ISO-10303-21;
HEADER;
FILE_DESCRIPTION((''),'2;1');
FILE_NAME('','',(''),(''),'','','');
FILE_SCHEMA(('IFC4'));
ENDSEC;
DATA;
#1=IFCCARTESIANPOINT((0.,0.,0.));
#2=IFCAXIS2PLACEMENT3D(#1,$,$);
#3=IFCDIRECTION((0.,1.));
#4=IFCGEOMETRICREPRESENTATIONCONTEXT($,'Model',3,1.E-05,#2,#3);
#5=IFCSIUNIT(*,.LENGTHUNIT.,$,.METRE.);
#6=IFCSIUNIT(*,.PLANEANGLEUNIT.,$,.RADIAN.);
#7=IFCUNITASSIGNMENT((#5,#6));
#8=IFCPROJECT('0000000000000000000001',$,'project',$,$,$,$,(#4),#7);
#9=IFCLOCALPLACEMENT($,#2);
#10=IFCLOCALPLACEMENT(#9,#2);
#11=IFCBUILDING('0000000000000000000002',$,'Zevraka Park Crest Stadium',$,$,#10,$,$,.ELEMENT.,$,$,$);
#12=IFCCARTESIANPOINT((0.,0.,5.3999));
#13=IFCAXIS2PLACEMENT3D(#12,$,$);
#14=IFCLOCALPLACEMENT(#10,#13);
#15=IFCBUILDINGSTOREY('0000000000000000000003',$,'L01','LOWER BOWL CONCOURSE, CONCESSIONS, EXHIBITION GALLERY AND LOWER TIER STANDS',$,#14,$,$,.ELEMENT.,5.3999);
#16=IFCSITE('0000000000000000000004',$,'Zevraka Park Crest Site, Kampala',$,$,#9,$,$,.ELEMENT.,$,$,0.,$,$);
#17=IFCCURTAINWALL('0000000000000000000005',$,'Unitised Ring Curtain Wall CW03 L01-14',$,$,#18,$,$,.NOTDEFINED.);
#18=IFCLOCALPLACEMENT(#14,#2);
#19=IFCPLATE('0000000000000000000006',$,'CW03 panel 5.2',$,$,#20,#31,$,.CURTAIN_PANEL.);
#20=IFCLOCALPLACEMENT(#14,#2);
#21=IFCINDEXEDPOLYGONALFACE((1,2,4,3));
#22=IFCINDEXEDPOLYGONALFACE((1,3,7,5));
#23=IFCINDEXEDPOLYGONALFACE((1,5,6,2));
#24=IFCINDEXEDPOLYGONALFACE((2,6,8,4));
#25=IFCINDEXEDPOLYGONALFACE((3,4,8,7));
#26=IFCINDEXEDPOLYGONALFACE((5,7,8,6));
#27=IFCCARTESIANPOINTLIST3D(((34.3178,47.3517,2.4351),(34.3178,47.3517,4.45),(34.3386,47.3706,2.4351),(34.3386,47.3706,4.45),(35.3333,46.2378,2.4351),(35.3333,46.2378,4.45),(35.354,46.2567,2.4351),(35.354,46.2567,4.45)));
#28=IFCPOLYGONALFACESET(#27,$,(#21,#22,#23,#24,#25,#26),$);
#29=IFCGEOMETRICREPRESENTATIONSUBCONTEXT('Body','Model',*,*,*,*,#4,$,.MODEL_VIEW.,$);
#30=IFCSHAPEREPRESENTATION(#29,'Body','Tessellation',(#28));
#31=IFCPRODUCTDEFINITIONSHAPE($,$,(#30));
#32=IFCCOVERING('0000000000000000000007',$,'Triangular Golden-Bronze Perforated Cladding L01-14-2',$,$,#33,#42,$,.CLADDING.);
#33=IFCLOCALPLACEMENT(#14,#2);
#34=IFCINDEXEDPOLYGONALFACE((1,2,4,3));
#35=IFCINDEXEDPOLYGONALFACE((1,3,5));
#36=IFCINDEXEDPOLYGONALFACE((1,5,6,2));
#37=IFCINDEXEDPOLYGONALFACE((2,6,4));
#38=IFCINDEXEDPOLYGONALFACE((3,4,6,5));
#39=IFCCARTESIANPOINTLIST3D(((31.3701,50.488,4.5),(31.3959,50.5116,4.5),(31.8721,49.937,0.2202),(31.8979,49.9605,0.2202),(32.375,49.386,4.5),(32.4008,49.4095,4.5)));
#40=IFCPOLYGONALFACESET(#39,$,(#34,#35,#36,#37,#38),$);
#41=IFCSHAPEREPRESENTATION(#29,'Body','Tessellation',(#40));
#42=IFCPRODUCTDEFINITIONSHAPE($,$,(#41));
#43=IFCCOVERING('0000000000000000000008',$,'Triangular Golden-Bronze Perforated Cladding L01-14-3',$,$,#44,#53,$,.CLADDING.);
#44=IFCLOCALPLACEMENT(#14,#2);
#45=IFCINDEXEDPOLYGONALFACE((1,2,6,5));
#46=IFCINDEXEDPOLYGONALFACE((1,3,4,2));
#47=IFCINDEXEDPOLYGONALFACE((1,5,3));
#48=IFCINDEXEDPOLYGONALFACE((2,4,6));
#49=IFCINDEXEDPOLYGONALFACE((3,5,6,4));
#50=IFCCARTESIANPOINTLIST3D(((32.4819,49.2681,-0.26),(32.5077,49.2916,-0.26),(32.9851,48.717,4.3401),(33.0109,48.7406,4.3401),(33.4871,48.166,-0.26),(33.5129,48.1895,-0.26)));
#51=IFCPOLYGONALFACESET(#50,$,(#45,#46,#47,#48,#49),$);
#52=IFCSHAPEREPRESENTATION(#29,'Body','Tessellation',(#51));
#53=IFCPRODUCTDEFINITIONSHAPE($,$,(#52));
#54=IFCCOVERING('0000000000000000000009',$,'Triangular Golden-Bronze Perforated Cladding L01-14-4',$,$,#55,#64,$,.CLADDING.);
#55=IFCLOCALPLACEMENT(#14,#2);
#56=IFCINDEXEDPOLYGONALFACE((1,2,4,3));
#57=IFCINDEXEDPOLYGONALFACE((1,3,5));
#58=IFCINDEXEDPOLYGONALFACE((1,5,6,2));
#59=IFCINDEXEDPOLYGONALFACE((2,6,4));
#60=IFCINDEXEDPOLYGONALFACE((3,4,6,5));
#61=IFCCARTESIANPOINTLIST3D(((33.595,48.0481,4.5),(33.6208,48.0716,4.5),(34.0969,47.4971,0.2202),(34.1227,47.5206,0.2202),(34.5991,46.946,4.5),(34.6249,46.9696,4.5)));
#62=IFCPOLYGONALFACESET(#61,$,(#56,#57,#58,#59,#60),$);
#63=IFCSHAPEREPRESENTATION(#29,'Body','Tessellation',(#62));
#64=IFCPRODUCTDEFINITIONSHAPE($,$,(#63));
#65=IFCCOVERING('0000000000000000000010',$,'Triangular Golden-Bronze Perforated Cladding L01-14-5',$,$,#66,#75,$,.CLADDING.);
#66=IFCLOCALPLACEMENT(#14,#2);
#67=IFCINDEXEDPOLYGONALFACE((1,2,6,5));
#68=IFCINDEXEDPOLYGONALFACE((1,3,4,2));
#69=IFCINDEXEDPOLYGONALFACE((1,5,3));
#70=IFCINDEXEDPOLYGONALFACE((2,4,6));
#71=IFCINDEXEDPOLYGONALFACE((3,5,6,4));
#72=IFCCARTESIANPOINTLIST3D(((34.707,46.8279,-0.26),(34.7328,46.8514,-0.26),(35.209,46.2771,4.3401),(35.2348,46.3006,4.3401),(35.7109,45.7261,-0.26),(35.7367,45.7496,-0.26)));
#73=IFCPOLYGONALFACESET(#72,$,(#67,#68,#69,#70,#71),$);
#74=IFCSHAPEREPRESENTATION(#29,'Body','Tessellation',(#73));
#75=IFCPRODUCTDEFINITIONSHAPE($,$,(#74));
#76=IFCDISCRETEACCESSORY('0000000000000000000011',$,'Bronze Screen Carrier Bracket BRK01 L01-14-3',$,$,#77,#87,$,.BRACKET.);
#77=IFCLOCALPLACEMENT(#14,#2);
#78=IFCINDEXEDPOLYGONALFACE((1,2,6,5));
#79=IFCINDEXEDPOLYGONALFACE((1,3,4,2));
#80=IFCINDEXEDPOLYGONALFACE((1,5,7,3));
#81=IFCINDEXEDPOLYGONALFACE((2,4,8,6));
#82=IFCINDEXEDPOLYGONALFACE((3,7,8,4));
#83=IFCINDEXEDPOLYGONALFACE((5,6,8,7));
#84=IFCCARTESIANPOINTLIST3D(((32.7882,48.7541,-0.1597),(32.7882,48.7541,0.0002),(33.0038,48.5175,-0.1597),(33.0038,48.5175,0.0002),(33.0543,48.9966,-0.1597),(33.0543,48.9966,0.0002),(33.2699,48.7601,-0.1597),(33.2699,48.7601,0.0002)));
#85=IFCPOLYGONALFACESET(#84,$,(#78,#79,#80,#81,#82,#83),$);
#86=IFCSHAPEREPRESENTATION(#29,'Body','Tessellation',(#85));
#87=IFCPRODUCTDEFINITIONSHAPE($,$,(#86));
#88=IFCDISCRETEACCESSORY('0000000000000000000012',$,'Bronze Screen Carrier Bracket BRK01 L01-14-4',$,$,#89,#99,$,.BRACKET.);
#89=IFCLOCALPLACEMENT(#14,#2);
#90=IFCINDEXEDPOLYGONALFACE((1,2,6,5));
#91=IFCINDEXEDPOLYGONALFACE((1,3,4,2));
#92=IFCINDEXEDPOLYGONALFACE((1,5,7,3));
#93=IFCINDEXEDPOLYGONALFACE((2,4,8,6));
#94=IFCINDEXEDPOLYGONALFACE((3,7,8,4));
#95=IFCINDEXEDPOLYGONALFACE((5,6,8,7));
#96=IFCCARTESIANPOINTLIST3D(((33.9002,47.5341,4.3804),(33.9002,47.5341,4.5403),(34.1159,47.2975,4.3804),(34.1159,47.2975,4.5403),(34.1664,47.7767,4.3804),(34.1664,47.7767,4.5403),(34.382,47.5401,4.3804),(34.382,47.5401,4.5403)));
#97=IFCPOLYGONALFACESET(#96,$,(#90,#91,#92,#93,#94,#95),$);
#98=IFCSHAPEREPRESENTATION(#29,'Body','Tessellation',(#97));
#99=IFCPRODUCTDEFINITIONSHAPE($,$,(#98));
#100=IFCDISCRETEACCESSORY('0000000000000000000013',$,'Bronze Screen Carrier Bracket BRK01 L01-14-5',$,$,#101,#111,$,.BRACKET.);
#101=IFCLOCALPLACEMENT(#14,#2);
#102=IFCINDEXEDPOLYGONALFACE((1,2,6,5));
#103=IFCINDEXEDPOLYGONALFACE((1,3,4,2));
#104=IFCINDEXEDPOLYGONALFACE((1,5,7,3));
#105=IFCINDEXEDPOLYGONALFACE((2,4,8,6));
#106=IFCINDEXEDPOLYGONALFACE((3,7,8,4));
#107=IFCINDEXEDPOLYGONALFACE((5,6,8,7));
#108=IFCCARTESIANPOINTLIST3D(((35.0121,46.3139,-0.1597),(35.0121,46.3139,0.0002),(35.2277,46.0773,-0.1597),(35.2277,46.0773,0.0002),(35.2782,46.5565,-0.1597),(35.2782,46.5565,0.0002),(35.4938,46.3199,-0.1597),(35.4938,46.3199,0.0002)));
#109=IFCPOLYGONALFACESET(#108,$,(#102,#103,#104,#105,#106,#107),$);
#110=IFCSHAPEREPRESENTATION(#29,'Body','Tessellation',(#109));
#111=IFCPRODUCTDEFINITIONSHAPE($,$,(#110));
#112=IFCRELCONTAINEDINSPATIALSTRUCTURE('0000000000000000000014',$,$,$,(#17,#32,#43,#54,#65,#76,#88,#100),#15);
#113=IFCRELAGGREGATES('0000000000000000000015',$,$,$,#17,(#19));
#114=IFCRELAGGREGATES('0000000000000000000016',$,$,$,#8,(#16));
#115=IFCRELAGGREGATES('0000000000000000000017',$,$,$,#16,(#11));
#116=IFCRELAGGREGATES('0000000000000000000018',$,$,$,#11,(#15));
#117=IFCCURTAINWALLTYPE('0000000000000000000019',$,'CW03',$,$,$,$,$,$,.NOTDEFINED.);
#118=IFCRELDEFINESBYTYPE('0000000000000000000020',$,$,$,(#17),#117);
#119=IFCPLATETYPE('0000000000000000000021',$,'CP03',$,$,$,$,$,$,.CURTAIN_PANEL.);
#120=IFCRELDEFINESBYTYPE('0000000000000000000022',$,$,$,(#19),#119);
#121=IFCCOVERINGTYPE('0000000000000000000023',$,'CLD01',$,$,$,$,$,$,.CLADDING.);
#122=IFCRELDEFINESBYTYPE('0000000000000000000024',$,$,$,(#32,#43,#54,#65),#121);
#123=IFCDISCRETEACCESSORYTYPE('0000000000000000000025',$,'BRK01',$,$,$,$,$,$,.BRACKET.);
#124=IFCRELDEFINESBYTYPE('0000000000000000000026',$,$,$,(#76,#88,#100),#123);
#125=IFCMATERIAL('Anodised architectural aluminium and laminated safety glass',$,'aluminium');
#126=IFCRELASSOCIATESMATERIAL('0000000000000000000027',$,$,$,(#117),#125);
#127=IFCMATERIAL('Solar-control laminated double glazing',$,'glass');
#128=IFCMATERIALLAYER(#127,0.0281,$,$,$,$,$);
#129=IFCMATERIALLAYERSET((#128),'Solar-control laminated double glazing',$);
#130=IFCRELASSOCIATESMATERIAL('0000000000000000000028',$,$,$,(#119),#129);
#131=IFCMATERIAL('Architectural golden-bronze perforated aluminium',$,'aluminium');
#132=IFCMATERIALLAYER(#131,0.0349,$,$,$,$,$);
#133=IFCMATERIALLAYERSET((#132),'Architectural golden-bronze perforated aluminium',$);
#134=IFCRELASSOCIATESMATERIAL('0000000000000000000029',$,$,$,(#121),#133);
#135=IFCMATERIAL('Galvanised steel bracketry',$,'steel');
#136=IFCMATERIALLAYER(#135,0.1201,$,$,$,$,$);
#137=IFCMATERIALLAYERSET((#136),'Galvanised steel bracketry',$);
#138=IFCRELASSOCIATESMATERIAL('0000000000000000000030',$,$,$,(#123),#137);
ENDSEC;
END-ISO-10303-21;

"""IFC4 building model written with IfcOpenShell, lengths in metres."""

from ifc_helpers import new_model, si_unit, direction, frame, origin, origin_2d, place, context, subcontext, project, spatial, polyline, rectangle, outline, extrude, material, layer, layer_set, type_object, element, aggregate, save


model = new_model("IFC4")

# Units and contexts
model_context = context("Model", 3, precision=1e-05, world=origin(), true_north=direction((0.0, 1.0)))
body_context = subcontext(model_context, "Body", "Model", "MODEL_VIEW")
ifc_project = project(units=[si_unit("LENGTHUNIT", "METRE"), si_unit("PLANEANGLEUNIT", "RADIAN")], contexts=[model_context])

# Site, building, storey
site_placement = place(None, origin())
site = spatial("IfcSite", under=ifc_project, at=site_placement, Name="Zevraka Park Crest Site, Kampala", CompositionType="ELEMENT", RefElevation=0.0)
building_placement = place(site_placement, origin())
building = spatial("IfcBuilding", under=site, at=building_placement, Name="Zevraka Park Crest Stadium", CompositionType="ELEMENT")
storey_placement = place(building_placement, frame((0.0, 0.0, 5.3999)))
storey = spatial("IfcBuildingStorey", under=building, at=storey_placement, Name="L01", Description="LOWER BOWL CONCOURSE, CONCESSIONS, EXHIBITION GALLERY AND LOWER TIER STANDS", CompositionType="ELEMENT", Elevation=5.3999)

# Curtain wall, plate
ifc_material_1 = material(Name="Anodised architectural aluminium and laminated safety glass", Category="aluminium")
curtain_wall_type = type_object("IfcCurtainWallType", Name="CW03", PredefinedType="NOTDEFINED", material=ifc_material_1)
curtain_wall_placement = place(storey_placement, origin())
curtain_wall = element("IfcCurtainWall", 1, at=curtain_wall_placement, inside=storey, type_object=curtain_wall_type, Name="Unitised Ring Curtain Wall CW03 L01-14", PredefinedType="NOTDEFINED")
ifc_material_2 = material(Name="Solar-control laminated double glazing", Category="glass")
ifc_layer_1 = layer(ifc_material_2, 0.0281)
ifc_layer_set_1 = layer_set([ifc_layer_1], Name="Solar-control laminated double glazing")
plate_type = type_object("IfcPlateType", Name="CP03", PredefinedType="CURTAIN_PANEL", material=ifc_layer_set_1)
plate_1_placement = place(storey_placement, frame((34.8359, 46.8042, 2.4351), z_axis=(0.0, 0.0, 1.0), x_axis=(0.67368, -0.739023, 0.0)))
plate_1 = element("IfcPlate", 2, at=plate_1_placement, type_object=plate_type, Name="CW03 panel 5.2", PredefinedType="CURTAIN_PANEL", context=body_context, shape_type="SweptSolid", body=[
    extrude(rectangle(XDim=1.5073, YDim=0.0281, at=origin_2d()), origin(), (0.0, 0.0, 1.0), 2.0149),
])
aggregate(curtain_wall, [plate_1])

# Coverings
ifc_material_3 = material(Name="Architectural golden-bronze perforated aluminium", Category="aluminium")
ifc_layer_2 = layer(ifc_material_3, 0.0349)
ifc_layer_set_2 = layer_set([ifc_layer_2], Name="Architectural golden-bronze perforated aluminium")
covering_type = type_object("IfcCoveringType", Name="CLD01", PredefinedType="CLADDING", material=ifc_layer_set_2)
covering_1_placement = place(storey_placement, frame((32.375, 49.386, 4.5), z_axis=(-0.738932, -0.67378, 0.000084), x_axis=(-0.67378, 0.738932, 0.0)))
element("IfcCovering", 3, at=covering_1_placement, inside=storey, type_object=covering_type, Name="Triangular Golden-Bronze Perforated Cladding L01-14-2", PredefinedType="CLADDING", context=body_context, shape_type="SweptSolid", body=[
    extrude(outline(polyline([(0.0, 0.0), (1.4914, 0.0), (0.746, 4.2798), (0.0, 0.0)])), origin(), (0.0, 0.0, -1.0), 0.0349),
])
covering_2_placement = place(storey_placement, frame((32.4819, 49.2681, -0.26), z_axis=(-0.73885, -0.67387, 0.000098), x_axis=(0.67387, -0.73885, 0.0)))
element("IfcCovering", 4, at=covering_2_placement, inside=storey, type_object=covering_type, Name="Triangular Golden-Bronze Perforated Cladding L01-14-3", PredefinedType="CLADDING", context=body_context, shape_type="SweptSolid", body=[
    extrude(outline(polyline([(0.0, 0.0), (1.4916, 0.0), (0.7462, 4.6001), (0.0, 0.0)])), origin(), (0.0, 0.0, -1.0), 0.0349),
])
covering_3_placement = place(storey_placement, frame((34.5991, 46.946, 4.5), z_axis=(-0.739176, -0.673512, 0.000021), x_axis=(-0.673512, 0.739176, 0.0)))
element("IfcCovering", 5, at=covering_3_placement, inside=storey, type_object=covering_type, Name="Triangular Golden-Bronze Perforated Cladding L01-14-4", PredefinedType="CLADDING", context=body_context, shape_type="SweptSolid", body=[
    extrude(outline(polyline([(0.0, 0.0), (1.4909, 0.0), (0.7455, 4.2798), (0.0, 0.0)])), origin(), (0.0, 0.0, -1.0), 0.0349),
])
covering_4_placement = place(storey_placement, frame((34.707, 46.8279, -0.26), z_axis=(-0.739184, -0.673504, 0.000018), x_axis=(0.673504, -0.739184, 0.0)))
element("IfcCovering", 6, at=covering_4_placement, inside=storey, type_object=covering_type, Name="Triangular Golden-Bronze Perforated Cladding L01-14-5", PredefinedType="CLADDING", context=body_context, shape_type="SweptSolid", body=[
    extrude(outline(polyline([(0.0, 0.0), (1.4906, 0.0), (0.7452, 4.6001), (0.0, 0.0)])), origin(), (0.0, 0.0, -1.0), 0.0349),
])

# Discrete accessories
ifc_material_4 = material(Name="Galvanised steel bracketry", Category="steel")
ifc_layer_3 = layer(ifc_material_4, 0.1201)
ifc_layer_set_3 = layer_set([ifc_layer_3], Name="Galvanised steel bracketry")
discrete_accessory_type = type_object("IfcDiscreteAccessoryType", Name="BRK01", PredefinedType="BRACKET", material=ifc_layer_set_3)
for number, where, z_axis, x_axis, name in (
    (7, (33.0291, 48.7571, -0.1597), (0.0, 0.0, 1.0), (0.673658, -0.739043, 0.0), "Bronze Screen Carrier Bracket BRK01 L01-14-3"),
    (8, (34.1411, 47.5371, 4.3804), (0.0, 0.0, 1.0), (0.673658, -0.739043, 0.0), "Bronze Screen Carrier Bracket BRK01 L01-14-4"),
    (9, (35.2529, 46.3169, -0.1597), (0.0, 0.0, 1.0), (0.673658, -0.739043, 0.0), "Bronze Screen Carrier Bracket BRK01 L01-14-5"),
):
    element("IfcDiscreteAccessory", number, at=place(storey_placement, frame(where, z_axis=z_axis, x_axis=x_axis)), inside=storey, type_object=discrete_accessory_type, Name=name, PredefinedType="BRACKET", context=body_context, shape_type="SweptSolid", body=[
        extrude(rectangle(XDim=0.3201, YDim=0.3601, at=origin_2d()), origin(), (0.0, 0.0, 1.0), 0.1599),
    ])

save(model, "model.ifc")
